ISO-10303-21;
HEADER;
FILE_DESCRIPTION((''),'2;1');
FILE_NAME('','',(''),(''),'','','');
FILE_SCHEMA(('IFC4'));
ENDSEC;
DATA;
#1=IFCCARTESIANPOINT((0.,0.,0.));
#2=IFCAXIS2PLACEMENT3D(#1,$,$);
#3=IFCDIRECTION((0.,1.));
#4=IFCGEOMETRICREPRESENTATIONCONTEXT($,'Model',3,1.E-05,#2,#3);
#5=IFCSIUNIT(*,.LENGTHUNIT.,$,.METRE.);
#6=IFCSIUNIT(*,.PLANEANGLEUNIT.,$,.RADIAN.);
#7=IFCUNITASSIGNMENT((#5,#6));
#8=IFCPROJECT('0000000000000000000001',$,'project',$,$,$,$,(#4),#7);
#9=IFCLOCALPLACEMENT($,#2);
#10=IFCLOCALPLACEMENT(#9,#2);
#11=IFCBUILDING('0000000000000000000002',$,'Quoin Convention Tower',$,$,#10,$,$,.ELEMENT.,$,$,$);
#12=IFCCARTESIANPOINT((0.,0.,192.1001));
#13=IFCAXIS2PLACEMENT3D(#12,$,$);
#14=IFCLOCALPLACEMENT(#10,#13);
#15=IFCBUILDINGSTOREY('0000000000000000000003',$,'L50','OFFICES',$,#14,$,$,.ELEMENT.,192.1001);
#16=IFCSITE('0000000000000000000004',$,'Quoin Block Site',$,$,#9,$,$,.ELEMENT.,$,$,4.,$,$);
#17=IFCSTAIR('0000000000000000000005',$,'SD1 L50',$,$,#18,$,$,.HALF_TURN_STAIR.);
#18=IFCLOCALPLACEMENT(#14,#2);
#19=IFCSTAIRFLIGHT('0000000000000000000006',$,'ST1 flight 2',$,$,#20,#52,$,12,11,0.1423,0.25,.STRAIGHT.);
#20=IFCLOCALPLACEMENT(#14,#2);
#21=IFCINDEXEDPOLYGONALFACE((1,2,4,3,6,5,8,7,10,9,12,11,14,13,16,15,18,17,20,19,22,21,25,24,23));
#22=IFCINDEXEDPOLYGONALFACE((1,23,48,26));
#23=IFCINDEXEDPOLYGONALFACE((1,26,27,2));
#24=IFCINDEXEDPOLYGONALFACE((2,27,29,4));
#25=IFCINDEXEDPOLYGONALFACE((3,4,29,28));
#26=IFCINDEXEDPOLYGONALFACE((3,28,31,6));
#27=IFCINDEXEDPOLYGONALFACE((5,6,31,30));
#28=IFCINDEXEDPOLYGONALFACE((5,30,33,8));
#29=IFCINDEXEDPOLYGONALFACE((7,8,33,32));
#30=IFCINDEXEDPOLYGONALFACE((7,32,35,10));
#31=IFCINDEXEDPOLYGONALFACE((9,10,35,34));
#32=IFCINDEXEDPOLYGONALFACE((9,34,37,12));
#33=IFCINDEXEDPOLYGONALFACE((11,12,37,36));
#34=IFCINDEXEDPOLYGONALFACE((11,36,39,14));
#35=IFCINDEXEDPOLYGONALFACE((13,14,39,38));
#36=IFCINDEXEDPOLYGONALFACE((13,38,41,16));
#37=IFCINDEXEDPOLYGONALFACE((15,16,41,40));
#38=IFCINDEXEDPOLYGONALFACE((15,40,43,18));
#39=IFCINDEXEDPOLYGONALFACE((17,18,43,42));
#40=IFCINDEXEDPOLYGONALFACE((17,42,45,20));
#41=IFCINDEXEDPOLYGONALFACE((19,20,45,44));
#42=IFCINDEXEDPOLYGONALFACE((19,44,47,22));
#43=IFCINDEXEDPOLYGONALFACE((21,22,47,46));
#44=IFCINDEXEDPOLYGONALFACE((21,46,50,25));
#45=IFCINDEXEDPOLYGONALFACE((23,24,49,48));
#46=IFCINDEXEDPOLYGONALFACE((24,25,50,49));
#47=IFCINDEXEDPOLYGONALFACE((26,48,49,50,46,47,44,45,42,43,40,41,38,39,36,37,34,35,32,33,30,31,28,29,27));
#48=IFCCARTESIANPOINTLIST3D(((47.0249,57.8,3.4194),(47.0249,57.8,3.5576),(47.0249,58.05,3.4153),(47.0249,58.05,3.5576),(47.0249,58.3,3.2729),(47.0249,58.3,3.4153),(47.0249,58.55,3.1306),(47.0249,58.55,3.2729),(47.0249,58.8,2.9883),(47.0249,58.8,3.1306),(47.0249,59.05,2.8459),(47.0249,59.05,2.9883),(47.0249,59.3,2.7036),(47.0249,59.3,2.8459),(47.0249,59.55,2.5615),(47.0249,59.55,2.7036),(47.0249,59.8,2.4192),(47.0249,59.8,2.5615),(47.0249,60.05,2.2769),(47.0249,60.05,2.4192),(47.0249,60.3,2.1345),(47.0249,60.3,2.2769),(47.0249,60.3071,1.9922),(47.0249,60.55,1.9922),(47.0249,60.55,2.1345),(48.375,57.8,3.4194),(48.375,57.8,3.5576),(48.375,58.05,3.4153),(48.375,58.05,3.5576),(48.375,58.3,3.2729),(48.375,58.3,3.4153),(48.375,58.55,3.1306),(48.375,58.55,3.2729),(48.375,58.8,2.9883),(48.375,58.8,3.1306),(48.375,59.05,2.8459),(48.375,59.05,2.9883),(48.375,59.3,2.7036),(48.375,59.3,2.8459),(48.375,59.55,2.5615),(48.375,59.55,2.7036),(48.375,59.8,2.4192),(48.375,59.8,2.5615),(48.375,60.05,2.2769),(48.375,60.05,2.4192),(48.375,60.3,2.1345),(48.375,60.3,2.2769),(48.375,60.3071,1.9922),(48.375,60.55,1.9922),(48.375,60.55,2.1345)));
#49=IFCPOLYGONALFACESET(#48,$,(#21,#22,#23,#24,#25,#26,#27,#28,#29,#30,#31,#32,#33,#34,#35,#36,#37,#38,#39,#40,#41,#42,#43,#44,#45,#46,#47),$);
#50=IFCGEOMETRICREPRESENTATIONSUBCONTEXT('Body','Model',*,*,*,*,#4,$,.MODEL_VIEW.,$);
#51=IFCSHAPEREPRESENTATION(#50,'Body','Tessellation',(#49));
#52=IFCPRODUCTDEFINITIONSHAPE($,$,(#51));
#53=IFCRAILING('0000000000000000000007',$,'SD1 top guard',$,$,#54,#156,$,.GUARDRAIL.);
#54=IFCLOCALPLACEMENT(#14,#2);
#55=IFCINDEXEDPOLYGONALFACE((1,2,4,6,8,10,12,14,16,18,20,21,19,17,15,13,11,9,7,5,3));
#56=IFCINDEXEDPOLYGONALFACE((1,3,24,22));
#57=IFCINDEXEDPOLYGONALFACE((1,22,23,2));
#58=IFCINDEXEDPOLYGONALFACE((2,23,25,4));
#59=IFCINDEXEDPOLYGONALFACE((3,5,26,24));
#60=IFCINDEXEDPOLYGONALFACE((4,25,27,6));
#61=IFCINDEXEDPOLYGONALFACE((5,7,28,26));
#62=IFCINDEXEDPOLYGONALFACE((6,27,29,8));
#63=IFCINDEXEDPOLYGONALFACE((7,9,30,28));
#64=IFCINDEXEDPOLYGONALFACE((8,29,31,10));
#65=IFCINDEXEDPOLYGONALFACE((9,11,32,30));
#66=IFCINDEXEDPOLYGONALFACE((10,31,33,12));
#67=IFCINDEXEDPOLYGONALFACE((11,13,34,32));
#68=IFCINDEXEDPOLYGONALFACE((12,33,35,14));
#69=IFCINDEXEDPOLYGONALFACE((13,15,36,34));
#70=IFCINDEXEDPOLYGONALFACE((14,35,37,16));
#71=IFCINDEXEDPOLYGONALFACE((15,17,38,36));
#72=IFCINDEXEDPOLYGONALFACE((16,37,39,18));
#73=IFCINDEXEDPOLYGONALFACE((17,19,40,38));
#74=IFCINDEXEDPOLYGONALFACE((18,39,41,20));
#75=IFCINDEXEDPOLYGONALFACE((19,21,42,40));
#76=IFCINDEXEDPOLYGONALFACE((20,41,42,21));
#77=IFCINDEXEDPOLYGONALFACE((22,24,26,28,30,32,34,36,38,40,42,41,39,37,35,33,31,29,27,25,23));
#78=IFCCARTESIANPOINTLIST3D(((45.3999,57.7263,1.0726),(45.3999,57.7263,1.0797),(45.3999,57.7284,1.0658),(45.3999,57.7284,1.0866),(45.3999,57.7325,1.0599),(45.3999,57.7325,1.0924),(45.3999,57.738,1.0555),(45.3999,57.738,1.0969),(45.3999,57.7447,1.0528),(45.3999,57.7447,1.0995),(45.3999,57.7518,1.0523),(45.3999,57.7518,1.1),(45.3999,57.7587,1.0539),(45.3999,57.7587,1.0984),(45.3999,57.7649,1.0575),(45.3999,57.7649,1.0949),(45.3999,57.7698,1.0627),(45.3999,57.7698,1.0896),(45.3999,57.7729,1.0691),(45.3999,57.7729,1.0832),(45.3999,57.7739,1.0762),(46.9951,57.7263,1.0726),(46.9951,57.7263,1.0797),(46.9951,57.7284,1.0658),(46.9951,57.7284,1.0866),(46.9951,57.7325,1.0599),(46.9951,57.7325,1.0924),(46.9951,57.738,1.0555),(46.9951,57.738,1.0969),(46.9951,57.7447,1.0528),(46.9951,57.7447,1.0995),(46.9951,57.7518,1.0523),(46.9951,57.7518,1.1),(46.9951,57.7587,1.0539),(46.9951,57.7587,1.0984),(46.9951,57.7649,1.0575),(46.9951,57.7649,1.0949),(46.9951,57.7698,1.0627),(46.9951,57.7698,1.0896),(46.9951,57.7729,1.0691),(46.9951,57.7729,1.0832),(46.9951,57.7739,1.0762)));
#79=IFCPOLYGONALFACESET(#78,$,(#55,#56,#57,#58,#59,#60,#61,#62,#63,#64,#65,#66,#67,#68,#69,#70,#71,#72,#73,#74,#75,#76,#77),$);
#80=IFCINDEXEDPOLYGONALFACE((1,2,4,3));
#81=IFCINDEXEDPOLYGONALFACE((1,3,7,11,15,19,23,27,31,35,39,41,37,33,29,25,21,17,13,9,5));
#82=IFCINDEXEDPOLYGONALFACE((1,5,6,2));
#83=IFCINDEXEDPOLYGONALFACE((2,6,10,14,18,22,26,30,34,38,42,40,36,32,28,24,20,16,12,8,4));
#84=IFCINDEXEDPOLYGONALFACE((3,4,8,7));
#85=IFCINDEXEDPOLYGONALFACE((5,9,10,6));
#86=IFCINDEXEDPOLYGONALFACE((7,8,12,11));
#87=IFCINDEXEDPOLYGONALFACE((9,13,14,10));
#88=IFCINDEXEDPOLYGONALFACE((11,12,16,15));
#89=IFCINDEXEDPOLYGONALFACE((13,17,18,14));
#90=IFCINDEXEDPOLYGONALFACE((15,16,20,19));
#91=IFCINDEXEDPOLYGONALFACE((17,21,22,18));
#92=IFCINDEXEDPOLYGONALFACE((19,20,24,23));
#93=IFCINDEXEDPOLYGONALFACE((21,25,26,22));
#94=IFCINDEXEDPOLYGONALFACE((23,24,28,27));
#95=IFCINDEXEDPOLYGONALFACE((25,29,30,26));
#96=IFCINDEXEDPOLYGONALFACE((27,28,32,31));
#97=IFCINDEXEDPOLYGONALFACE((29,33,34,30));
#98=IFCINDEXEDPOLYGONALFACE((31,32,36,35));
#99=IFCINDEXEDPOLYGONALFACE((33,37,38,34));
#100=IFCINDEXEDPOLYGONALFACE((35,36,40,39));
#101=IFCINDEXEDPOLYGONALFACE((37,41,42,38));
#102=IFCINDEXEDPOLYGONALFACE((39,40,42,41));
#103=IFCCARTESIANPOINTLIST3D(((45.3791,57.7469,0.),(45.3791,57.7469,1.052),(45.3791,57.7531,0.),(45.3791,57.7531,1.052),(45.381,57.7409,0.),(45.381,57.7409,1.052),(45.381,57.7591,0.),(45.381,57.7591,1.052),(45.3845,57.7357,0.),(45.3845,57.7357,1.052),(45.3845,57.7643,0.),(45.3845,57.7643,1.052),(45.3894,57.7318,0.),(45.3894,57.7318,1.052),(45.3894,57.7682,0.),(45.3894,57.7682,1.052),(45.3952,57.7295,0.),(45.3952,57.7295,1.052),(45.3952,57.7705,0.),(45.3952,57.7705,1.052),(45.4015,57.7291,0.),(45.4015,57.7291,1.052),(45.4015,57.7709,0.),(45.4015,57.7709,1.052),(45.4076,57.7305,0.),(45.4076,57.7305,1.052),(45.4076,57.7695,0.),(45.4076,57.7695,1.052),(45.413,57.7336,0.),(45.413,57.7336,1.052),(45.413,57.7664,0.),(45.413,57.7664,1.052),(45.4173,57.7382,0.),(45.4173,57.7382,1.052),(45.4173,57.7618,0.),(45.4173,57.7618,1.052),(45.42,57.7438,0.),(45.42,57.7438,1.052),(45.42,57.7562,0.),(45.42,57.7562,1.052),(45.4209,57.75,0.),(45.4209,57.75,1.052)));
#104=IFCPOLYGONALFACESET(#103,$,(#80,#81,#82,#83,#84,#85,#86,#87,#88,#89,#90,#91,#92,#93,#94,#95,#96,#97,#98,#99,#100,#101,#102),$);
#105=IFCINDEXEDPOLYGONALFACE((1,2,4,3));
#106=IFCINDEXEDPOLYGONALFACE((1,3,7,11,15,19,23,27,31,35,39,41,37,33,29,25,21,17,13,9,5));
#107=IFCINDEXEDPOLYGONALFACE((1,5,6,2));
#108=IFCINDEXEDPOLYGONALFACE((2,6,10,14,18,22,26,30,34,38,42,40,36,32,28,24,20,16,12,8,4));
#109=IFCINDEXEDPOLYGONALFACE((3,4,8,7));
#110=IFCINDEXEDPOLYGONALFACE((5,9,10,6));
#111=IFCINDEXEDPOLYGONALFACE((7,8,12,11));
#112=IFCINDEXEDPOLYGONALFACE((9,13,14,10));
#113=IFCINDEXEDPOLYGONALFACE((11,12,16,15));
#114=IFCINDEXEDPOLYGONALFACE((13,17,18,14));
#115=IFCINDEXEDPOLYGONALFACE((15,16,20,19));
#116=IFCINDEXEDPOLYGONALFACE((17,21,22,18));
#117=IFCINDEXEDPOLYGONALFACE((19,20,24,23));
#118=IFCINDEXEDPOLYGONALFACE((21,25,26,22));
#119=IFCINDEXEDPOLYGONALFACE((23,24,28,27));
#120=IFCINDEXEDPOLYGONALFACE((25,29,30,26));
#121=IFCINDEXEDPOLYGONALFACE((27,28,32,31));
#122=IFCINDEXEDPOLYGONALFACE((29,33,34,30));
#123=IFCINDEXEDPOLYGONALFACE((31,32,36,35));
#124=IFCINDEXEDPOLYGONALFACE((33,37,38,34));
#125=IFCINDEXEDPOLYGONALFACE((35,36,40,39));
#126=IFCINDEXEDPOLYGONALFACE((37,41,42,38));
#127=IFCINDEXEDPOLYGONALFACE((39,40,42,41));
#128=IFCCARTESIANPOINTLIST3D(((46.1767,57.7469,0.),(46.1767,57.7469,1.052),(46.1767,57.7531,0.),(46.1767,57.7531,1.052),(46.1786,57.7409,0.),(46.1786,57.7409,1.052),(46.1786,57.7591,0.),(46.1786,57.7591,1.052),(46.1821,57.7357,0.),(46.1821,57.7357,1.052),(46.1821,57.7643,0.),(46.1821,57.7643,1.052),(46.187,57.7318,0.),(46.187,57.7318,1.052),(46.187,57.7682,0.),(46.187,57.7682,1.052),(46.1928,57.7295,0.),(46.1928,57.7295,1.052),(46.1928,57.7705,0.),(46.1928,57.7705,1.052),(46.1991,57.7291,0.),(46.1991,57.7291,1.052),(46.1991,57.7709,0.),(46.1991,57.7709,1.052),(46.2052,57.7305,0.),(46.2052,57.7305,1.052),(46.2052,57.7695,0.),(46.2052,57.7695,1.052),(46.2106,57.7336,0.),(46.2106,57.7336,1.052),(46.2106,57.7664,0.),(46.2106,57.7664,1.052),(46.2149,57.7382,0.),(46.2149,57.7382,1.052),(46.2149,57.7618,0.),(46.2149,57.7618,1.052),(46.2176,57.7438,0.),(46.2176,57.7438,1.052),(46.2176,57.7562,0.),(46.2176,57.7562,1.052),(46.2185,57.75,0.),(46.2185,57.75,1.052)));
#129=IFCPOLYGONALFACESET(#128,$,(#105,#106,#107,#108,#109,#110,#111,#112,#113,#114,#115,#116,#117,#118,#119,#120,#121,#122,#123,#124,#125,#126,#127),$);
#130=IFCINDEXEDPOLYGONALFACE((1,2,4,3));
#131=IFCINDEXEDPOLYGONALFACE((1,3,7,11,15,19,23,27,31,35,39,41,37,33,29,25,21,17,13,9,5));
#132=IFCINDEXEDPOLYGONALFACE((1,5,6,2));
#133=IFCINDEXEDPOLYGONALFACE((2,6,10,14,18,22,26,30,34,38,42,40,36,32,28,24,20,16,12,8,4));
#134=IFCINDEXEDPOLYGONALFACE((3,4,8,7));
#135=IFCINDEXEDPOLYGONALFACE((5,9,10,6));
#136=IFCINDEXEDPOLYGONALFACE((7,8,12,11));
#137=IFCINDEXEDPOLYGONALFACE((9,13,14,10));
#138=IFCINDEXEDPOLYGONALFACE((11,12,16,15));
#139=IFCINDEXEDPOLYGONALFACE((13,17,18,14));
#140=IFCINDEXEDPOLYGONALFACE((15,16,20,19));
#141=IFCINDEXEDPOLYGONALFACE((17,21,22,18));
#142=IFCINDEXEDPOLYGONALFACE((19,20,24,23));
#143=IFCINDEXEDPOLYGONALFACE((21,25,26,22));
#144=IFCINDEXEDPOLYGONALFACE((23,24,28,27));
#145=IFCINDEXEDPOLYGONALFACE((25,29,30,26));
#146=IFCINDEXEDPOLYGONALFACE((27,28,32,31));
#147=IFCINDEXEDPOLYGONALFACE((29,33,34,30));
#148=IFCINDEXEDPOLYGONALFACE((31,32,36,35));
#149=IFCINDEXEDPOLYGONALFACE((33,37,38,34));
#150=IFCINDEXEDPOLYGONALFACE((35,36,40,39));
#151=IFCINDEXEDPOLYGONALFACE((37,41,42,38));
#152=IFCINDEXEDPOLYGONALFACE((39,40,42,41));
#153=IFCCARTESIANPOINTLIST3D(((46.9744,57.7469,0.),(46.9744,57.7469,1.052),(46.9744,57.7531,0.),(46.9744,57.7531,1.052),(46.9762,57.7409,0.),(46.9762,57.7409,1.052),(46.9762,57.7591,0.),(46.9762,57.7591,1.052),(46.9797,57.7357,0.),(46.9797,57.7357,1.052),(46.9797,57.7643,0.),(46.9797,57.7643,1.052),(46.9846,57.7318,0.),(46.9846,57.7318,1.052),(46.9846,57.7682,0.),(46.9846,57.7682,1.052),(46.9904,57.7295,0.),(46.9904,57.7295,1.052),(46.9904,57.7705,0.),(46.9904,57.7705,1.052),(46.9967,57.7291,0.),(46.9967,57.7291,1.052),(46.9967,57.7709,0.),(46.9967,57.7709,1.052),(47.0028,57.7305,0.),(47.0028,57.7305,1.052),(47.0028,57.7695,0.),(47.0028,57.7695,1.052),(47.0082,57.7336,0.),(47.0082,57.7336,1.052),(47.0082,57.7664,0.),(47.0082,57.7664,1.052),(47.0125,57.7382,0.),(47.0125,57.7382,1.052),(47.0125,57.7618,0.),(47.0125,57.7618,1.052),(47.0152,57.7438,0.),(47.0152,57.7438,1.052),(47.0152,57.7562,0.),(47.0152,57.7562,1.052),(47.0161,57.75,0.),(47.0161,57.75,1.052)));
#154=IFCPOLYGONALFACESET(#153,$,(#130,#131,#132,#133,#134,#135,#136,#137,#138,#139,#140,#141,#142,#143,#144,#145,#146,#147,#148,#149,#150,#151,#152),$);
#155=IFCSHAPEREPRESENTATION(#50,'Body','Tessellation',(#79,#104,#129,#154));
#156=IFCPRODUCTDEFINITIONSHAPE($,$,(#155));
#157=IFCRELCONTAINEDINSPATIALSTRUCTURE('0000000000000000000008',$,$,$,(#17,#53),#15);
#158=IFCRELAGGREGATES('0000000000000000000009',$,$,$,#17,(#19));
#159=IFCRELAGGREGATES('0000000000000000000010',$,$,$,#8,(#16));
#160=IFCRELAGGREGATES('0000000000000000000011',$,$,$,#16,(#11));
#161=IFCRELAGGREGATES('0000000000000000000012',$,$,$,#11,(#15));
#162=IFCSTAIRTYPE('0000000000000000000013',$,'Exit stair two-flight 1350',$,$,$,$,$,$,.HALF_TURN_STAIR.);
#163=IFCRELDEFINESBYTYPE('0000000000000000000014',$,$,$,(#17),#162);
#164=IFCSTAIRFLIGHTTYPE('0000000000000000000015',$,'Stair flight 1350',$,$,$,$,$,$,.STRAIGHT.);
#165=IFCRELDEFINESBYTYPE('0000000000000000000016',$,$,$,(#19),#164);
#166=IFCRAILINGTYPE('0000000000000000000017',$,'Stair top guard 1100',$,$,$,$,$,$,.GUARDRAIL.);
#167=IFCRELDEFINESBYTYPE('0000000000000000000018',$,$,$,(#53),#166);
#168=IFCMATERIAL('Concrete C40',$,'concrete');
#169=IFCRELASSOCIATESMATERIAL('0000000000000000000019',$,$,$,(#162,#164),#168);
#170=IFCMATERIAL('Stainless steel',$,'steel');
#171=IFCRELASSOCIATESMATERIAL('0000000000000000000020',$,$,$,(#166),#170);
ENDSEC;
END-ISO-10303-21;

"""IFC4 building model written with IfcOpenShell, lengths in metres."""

from ifc_helpers import new_model, si_unit, direction, frame, origin, origin_2d, place, context, subcontext, project, spatial, polyline, circle, outline, extrude, material, type_object, element, aggregate, save


model = new_model("IFC4")

# Units and contexts
model_context = context("Model", 3, precision=1e-05, world=origin(), true_north=direction((0.0, 1.0)))
body_context = subcontext(model_context, "Body", "Model", "MODEL_VIEW")
ifc_project = project(units=[si_unit("LENGTHUNIT", "METRE"), si_unit("PLANEANGLEUNIT", "RADIAN")], contexts=[model_context])

# Site, building, storey
site_placement = place(None, origin())
site = spatial("IfcSite", under=ifc_project, at=site_placement, Name="Quoin Block Site", CompositionType="ELEMENT", RefElevation=4.0)
building_placement = place(site_placement, origin())
building = spatial("IfcBuilding", under=site, at=building_placement, Name="Quoin Convention Tower", CompositionType="ELEMENT")
storey_placement = place(building_placement, frame((0.0, 0.0, 192.1001)))
storey = spatial("IfcBuildingStorey", under=building, at=storey_placement, Name="L50", Description="OFFICES", CompositionType="ELEMENT", Elevation=192.1001)

# Stair, stair flight
ifc_material_1 = material(Name="Concrete C40", Category="concrete")
stair_type = type_object("IfcStairType", Name="Exit stair two-flight 1350", PredefinedType="HALF_TURN_STAIR", material=ifc_material_1)
stair_placement = place(storey_placement, origin())
stair = element("IfcStair", 1, at=stair_placement, inside=storey, type_object=stair_type, Name="SD1 L50", PredefinedType="HALF_TURN_STAIR")
stair_flight_type = type_object("IfcStairFlightType", Name="Stair flight 1350", PredefinedType="STRAIGHT", material=ifc_material_1)
stair_flight_1_placement = place(storey_placement, frame((47.7, 60.55, 1.9922), z_axis=(0.0, 0.0, 1.0), x_axis=(0.0, -1.0, 0.0)))
stair_flight_1 = element("IfcStairFlight", 2, at=stair_flight_1_placement, type_object=stair_flight_type, Name="ST1 flight 2", NumberOfRisers=12, NumberOfTreads=11, PredefinedType="STRAIGHT", RiserHeight=0.1423, TreadLength=0.25, context=body_context, shape_type="SweptSolid", body=[
    extrude(outline(polyline([(0.0, 0.0), (0.0, 0.1423), (0.25, 0.1423), (0.25, 0.2847), (0.5, 0.2847), (0.5, 0.427), (0.75, 0.427), (0.75, 0.5693), (1.0, 0.5693), (1.0, 0.7114), (1.25, 0.7114), (1.25, 0.8538), (1.5, 0.8538), (1.5, 0.9961), (1.75, 0.9961), (1.75, 1.1384), (2.0, 1.1384), (2.0, 1.2808), (2.25, 1.2808), (2.25, 1.4231), (2.5, 1.4231), (2.5, 1.5654), (2.75, 1.5654), (2.75, 1.7078), (2.75, 1.4272), (0.2429, 0.0), (0.0, 0.0)])), frame((0.0, 0.675, 0.0), z_axis=(0.0, -1.0, 0.0), x_axis=(1.0, 0.0, 0.0)), (0.0, 0.0, 1.0), 1.3501),
])
aggregate(stair, [stair_flight_1])

# Railing
ifc_material_2 = material(Name="Stainless steel", Category="steel")
railing_type_1 = type_object("IfcRailingType", Name="Stair top guard 1100", PredefinedType="GUARDRAIL", material=ifc_material_2)
railing_1_placement = place(storey_placement, frame((45.3999, 57.75, 0.0)))
element("IfcRailing", 3, at=railing_1_placement, inside=storey, type_object=railing_type_1, Name="SD1 top guard", PredefinedType="GUARDRAIL", context=body_context, shape_type="SweptSolid", body=[
    extrude(circle(Radius=0.0239, at=origin_2d()), frame((0.0, 0.0, 1.0762), z_axis=(1.0, 0.0, 0.0), x_axis=(0.0, 1.0, 0.0)), (0.0, 0.0, 1.0), 1.5952),
    extrude(circle(Radius=0.021, at=origin_2d()), origin(), (0.0, 0.0, 1.0), 1.052),
    extrude(circle(Radius=0.021, at=origin_2d()), frame((0.7976, 0.0, 0.0)), (0.0, 0.0, 1.0), 1.052),
    extrude(circle(Radius=0.021, at=origin_2d()), frame((1.5952, 0.0, 0.0)), (0.0, 0.0, 1.0), 1.052),
])

save(model, "model.ifc")
